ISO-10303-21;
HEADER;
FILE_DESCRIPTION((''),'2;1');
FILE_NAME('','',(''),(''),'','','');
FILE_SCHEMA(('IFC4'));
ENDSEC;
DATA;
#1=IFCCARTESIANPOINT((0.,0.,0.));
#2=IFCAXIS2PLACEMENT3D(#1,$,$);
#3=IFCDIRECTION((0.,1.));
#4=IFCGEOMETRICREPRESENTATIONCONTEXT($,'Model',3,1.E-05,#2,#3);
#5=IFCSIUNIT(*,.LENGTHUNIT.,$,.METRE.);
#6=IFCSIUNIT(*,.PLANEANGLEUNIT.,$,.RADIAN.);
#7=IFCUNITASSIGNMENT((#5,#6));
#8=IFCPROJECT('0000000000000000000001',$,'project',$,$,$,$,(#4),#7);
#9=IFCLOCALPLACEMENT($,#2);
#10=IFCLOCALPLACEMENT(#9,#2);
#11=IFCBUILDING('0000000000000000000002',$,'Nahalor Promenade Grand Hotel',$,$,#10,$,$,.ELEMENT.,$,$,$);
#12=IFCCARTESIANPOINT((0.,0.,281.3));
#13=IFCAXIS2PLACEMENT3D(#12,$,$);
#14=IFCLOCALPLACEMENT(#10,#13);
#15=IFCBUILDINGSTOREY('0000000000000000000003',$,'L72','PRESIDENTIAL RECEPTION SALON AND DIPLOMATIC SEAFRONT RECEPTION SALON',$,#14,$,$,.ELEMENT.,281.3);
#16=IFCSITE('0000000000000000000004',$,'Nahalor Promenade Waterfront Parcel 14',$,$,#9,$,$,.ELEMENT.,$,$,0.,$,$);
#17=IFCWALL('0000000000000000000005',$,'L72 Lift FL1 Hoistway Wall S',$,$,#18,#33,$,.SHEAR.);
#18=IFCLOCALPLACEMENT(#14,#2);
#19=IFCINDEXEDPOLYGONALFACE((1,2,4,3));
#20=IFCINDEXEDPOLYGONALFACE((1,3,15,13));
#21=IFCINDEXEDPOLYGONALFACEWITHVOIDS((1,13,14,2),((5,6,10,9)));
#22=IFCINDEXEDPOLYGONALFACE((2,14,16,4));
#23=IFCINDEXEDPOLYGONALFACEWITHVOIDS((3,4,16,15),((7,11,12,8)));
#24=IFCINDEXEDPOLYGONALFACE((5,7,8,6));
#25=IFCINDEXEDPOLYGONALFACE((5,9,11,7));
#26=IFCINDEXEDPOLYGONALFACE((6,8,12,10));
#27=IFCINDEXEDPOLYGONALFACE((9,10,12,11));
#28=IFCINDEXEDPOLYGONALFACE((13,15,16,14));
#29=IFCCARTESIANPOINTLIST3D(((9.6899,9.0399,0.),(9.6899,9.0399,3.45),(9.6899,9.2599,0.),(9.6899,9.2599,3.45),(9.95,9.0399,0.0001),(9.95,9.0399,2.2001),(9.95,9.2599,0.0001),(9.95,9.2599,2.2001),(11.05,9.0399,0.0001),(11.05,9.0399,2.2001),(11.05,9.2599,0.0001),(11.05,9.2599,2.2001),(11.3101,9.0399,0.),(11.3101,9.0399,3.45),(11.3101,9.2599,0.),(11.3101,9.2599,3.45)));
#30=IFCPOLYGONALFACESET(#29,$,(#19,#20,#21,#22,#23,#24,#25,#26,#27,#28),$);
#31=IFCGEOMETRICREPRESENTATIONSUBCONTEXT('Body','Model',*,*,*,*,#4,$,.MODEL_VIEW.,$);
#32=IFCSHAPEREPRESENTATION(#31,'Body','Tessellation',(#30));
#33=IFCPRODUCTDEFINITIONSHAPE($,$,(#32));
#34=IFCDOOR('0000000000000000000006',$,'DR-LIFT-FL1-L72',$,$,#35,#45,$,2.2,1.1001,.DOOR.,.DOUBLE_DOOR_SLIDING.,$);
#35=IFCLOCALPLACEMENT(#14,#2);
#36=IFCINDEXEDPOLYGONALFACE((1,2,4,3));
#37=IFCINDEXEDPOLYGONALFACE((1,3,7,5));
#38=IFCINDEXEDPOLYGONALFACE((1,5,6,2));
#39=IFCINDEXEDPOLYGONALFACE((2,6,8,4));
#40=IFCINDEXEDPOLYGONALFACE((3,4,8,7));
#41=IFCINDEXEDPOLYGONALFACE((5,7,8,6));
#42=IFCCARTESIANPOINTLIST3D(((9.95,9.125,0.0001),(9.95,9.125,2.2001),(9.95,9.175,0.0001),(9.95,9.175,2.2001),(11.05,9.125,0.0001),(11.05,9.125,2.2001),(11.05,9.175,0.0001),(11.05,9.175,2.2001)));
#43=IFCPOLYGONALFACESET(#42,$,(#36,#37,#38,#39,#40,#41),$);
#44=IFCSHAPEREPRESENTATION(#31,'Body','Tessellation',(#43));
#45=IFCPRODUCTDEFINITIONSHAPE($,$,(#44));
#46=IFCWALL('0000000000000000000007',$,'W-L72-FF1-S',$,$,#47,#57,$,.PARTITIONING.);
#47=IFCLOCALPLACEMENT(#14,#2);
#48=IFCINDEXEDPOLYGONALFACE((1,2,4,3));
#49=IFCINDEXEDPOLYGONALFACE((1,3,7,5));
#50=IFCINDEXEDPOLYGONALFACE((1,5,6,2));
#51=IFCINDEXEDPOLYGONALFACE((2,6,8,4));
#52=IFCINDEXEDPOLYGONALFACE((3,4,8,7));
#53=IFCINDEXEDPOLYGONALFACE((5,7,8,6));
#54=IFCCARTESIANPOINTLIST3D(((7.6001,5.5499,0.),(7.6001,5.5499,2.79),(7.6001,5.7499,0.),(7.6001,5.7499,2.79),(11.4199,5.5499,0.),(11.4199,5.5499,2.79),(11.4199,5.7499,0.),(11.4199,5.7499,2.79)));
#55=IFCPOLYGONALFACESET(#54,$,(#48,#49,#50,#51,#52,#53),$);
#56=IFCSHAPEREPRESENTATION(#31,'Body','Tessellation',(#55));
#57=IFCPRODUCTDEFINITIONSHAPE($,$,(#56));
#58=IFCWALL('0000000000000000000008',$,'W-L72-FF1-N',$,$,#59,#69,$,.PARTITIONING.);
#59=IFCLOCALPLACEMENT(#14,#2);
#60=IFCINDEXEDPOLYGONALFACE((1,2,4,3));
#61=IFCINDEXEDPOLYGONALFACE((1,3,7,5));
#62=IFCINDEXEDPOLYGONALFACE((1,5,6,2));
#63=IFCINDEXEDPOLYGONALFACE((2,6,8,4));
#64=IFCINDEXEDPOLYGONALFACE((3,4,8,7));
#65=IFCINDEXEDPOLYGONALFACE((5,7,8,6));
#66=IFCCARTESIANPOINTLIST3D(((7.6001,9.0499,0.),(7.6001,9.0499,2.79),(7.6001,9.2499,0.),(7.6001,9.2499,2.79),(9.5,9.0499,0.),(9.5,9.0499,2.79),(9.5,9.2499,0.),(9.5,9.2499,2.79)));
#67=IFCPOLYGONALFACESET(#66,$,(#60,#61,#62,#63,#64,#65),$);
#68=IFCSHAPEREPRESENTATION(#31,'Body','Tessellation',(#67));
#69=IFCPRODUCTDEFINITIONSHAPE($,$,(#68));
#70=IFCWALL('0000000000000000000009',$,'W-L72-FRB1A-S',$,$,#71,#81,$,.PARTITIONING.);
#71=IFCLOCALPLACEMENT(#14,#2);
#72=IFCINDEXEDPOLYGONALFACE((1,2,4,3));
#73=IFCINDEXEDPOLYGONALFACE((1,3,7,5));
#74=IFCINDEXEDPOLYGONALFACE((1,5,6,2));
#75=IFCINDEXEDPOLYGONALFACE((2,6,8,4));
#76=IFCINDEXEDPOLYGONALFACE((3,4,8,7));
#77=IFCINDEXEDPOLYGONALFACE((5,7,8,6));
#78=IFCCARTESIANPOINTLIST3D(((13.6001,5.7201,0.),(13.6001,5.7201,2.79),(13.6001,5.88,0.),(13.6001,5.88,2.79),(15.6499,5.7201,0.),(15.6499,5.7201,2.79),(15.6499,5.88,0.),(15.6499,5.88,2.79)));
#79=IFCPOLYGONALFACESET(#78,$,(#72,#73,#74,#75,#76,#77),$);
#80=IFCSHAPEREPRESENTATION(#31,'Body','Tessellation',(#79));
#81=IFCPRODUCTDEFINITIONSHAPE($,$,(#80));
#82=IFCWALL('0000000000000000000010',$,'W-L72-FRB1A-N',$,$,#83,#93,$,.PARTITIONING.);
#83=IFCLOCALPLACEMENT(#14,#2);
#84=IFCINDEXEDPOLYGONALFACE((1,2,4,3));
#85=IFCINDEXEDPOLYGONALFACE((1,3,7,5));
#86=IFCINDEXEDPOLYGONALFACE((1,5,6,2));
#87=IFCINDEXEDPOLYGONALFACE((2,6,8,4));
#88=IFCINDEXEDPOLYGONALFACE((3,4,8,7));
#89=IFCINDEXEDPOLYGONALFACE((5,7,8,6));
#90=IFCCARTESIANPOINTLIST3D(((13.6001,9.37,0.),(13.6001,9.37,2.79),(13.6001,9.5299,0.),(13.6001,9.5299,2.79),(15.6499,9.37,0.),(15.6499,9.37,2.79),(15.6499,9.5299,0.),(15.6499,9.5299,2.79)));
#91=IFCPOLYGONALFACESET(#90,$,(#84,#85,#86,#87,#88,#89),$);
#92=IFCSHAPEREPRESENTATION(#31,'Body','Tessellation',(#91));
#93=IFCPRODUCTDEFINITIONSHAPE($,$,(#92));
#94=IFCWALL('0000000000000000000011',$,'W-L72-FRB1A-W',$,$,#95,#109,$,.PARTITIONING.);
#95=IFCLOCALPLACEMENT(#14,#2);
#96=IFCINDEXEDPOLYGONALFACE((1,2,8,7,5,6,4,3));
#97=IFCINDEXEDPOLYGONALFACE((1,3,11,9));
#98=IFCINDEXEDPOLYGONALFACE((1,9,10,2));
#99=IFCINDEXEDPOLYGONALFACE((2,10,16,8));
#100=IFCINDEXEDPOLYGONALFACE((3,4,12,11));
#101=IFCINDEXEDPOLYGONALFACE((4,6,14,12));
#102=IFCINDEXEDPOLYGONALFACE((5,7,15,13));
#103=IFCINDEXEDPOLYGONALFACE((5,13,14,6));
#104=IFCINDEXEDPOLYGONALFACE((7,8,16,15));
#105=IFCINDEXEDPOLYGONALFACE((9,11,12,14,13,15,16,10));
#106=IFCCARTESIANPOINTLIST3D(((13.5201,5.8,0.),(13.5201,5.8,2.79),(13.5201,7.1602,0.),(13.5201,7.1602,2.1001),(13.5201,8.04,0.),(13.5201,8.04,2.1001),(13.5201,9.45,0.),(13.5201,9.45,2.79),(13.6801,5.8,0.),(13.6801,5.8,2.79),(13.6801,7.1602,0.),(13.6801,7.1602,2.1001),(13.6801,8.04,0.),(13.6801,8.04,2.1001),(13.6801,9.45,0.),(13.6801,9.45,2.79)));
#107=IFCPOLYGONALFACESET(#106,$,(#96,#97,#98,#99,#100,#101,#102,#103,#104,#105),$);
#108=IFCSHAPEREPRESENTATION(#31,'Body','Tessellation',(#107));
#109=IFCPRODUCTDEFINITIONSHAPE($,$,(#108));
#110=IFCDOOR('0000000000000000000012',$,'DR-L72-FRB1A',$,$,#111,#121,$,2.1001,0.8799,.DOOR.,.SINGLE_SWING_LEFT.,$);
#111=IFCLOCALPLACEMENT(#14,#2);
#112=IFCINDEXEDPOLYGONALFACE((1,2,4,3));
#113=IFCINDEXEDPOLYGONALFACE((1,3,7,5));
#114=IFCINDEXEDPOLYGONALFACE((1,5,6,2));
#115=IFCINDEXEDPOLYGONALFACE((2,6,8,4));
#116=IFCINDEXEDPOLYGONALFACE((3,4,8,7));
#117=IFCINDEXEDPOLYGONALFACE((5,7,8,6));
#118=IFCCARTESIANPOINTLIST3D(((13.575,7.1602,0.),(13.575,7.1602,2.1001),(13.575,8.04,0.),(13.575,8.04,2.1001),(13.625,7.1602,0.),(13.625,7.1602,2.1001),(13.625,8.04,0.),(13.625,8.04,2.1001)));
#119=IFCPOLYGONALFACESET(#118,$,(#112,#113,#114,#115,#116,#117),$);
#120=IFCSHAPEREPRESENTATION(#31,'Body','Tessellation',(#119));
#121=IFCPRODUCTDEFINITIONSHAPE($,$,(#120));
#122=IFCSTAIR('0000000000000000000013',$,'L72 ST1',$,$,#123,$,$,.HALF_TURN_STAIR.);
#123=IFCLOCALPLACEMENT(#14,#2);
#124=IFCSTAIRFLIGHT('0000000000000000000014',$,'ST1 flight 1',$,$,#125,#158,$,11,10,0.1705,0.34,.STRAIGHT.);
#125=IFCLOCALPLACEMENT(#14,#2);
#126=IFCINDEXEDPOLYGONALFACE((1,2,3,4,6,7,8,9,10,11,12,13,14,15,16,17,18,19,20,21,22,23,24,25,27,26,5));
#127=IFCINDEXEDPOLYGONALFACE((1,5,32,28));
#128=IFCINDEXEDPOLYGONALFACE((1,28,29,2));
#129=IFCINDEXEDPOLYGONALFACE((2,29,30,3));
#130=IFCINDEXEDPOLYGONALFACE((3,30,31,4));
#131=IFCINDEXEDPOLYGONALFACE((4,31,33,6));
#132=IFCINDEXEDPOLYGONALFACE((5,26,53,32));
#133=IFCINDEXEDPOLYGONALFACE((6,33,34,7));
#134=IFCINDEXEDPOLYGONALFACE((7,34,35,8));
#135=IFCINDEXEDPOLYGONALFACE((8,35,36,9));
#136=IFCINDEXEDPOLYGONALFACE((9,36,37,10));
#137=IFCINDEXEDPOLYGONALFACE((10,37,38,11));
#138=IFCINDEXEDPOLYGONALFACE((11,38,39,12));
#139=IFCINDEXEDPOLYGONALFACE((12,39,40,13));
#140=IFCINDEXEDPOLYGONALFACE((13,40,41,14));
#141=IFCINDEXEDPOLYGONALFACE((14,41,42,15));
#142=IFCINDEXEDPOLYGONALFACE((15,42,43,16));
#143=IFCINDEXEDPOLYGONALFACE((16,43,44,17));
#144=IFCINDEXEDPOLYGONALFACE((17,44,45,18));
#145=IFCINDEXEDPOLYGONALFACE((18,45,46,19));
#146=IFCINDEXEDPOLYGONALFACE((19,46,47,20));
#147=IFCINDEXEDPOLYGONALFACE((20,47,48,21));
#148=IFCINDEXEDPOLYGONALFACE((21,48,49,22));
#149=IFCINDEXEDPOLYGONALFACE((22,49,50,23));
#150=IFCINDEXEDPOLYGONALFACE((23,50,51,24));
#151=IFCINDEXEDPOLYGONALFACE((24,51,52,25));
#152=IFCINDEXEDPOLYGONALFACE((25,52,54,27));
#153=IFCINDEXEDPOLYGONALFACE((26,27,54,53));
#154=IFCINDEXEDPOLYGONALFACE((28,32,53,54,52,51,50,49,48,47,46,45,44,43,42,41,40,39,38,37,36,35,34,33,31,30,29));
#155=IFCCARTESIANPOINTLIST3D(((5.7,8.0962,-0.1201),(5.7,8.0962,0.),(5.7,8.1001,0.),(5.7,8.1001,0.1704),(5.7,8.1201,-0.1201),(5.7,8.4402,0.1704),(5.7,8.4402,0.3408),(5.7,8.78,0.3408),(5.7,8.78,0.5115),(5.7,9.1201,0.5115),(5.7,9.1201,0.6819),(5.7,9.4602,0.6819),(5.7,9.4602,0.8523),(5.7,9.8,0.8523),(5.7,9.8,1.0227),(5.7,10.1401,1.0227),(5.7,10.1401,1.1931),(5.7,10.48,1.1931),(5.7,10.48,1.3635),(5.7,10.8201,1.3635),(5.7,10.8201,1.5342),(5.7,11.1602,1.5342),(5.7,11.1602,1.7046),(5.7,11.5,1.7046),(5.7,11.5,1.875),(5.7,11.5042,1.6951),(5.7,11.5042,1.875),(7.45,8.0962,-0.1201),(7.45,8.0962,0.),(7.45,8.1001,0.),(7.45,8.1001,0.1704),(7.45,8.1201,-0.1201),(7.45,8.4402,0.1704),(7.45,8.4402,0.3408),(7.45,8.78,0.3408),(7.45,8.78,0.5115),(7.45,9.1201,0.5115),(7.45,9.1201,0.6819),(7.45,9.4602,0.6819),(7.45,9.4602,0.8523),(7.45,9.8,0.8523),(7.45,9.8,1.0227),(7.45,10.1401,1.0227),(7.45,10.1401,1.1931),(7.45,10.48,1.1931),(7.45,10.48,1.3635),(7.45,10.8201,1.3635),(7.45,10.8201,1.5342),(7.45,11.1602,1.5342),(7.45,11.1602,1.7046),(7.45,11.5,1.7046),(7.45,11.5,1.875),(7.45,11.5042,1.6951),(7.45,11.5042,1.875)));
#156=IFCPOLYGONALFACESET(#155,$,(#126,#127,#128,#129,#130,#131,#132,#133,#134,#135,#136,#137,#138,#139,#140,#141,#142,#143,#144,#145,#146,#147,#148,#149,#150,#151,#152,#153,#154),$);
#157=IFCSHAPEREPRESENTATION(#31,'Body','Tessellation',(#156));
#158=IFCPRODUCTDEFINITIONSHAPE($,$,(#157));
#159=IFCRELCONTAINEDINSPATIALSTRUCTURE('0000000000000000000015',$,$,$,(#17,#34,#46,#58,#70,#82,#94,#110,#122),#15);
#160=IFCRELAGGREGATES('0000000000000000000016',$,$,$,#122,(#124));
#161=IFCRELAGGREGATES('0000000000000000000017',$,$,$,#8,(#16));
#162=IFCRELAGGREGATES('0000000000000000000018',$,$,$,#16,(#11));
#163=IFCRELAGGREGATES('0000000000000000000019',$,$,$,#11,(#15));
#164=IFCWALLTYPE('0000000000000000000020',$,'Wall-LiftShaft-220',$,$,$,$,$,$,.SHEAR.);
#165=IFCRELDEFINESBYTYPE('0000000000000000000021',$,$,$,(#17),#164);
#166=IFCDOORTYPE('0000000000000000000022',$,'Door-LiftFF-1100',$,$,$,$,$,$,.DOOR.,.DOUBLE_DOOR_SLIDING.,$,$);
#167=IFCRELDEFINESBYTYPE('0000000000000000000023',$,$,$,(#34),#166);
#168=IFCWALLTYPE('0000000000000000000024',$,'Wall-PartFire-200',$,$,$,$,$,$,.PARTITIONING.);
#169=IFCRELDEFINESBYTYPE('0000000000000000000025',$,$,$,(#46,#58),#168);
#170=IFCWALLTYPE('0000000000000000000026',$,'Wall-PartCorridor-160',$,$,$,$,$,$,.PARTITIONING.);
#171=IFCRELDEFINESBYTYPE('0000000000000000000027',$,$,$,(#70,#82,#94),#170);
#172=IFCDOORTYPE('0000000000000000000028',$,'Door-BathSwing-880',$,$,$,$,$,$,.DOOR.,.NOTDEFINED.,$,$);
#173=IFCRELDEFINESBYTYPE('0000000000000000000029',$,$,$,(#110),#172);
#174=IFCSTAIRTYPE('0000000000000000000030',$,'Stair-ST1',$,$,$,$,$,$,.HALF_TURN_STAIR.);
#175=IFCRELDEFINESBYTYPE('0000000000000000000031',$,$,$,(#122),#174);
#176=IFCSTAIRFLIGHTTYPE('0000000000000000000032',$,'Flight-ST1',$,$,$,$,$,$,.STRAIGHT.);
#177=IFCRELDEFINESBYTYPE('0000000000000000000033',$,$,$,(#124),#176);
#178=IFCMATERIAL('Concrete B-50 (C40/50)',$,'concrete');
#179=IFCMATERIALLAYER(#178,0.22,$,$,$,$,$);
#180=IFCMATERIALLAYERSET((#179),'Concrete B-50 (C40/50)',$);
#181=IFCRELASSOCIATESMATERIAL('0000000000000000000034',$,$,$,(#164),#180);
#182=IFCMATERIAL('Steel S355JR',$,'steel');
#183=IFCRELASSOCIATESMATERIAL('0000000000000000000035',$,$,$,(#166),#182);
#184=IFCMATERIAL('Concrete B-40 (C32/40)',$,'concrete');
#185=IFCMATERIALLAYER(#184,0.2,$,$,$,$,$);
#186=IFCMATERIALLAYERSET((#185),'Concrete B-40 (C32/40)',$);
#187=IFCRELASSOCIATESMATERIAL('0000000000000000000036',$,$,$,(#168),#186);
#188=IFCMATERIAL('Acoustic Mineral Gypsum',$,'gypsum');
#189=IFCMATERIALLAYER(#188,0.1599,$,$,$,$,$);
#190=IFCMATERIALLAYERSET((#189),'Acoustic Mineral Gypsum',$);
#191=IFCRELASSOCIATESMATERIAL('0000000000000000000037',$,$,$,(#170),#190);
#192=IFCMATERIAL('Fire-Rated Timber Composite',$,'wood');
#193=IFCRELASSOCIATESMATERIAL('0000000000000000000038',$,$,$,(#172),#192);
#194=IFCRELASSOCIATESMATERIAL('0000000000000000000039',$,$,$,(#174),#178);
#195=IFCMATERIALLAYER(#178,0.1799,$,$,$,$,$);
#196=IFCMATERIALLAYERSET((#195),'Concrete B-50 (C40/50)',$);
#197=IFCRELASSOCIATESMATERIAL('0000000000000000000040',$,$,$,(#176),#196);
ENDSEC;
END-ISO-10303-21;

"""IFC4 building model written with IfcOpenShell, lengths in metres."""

from ifc_helpers import new_model, si_unit, direction, frame, frame_2d, origin, place, context, subcontext, project, spatial, polyline, rectangle, outline, extrude, source, transform, mapped, material, layer, layer_set, type_object, element, fill, aggregate, save


model = new_model("IFC4")

# Units and contexts
model_context = context("Model", 3, precision=1e-05, world=origin(), true_north=direction((0.0, 1.0)))
body_context = subcontext(model_context, "Body", "Model", "MODEL_VIEW")
ifc_project = project(units=[si_unit("LENGTHUNIT", "METRE"), si_unit("PLANEANGLEUNIT", "RADIAN")], contexts=[model_context])

# Site, building, storey
site_placement = place(None, origin())
site = spatial("IfcSite", under=ifc_project, at=site_placement, Name="Nahalor Promenade Waterfront Parcel 14", CompositionType="ELEMENT", RefElevation=0.0)
building_placement = place(site_placement, origin())
building = spatial("IfcBuilding", under=site, at=building_placement, Name="Nahalor Promenade Grand Hotel", CompositionType="ELEMENT")
storey_placement = place(building_placement, frame((0.0, 0.0, 281.3)))
storey = spatial("IfcBuildingStorey", under=building, at=storey_placement, Name="L72", Description="PRESIDENTIAL RECEPTION SALON AND DIPLOMATIC SEAFRONT RECEPTION SALON", CompositionType="ELEMENT", Elevation=281.3)

# Shared definitions
ifc_material_1 = material(Name="Steel S355JR", Category="steel")

# Shared definitions
ifc_material_2 = material(Name="Concrete B-50 (C40/50)", Category="concrete")

# Shared definitions
ifc_layer_1 = layer(ifc_material_2, 0.22)
ifc_layer_set_1 = layer_set([ifc_layer_1], Name="Concrete B-50 (C40/50)")
wall_type_1 = type_object("IfcWallType", Name="Wall-LiftShaft-220", PredefinedType="SHEAR", material=ifc_layer_set_1)

# Wall, opening, door
shared_shape_1 = source(origin(), body_context, "Body", "SweptSolid", [
    extrude(rectangle(XDim=1.6201, YDim=0.22, at=frame_2d((0.8101, 0.0))), origin(), (0.0, 0.0, 1.0), 3.45),
])
wall_1_placement = place(storey_placement, frame((9.6899, 9.1499, 0.0), z_axis=(0.0, 0.0, 1.0), x_axis=(1.0, 0.0, 0.0)))
wall_1 = element("IfcWall", 1, at=wall_1_placement, inside=storey, type_object=wall_type_1, Name="L72 Lift FL1 Hoistway Wall S", PredefinedType="SHEAR", context=body_context, shape_type="MappedRepresentation", body=[
    mapped(shared_shape_1, transform((0.0, 0.0, 0.0), scale=1.0)),
])
opening_1_placement = place(wall_1_placement, frame((0.26, 0.0, 0.0)))
opening_1 = element("IfcOpeningElement", 2, at=opening_1_placement, cuts=wall_1, PredefinedType="OPENING", context=body_context, shape_type="SweptSolid", body=[
    extrude(rectangle(XDim=1.1001, YDim=2.2, at=frame_2d((0.55, 1.1001))), frame((0.0, 0.1199, 0.0), z_axis=(0.0, -1.0, 0.0), x_axis=(1.0, 0.0, 0.0)), (0.0, 0.0, 1.0), 0.24),
])
door_type_1 = type_object("IfcDoorType", Name="Door-LiftFF-1100", OperationType="DOUBLE_DOOR_SLIDING", PredefinedType="DOOR", material=ifc_material_1)
shared_shape_2 = source(origin(), body_context, "Body", "SweptSolid", [
    extrude(rectangle(XDim=1.1001, YDim=2.2, at=frame_2d((0.55, 1.1001))), frame((0.0, 0.0249, 0.0), z_axis=(0.0, -1.0, 0.0), x_axis=(1.0, 0.0, 0.0)), (0.0, 0.0, 1.0), 0.05),
])
door_1_placement = place(opening_1_placement, frame((1.1001, 0.0, 0.0), z_axis=(0.0, 0.0, 1.0), x_axis=(-1.0, 0.0, 0.0)))
door_1 = element("IfcDoor", 3, at=door_1_placement, inside=storey, type_object=door_type_1, Name="DR-LIFT-FL1-L72", OperationType="DOUBLE_DOOR_SLIDING", OverallHeight=2.2, OverallWidth=1.1001, PredefinedType="DOOR", context=body_context, shape_type="MappedRepresentation", body=[
    mapped(shared_shape_2, transform((0.0, 0.0, 0.0), scale=1.0)),
])
fill(opening_1, door_1)

# Walls
ifc_material_3 = material(Name="Concrete B-40 (C32/40)", Category="concrete")
ifc_layer_2 = layer(ifc_material_3, 0.2)
ifc_layer_set_2 = layer_set([ifc_layer_2], Name="Concrete B-40 (C32/40)")
wall_type_2 = type_object("IfcWallType", Name="Wall-PartFire-200", PredefinedType="PARTITIONING", material=ifc_layer_set_2)
shared_shape_3 = source(origin(), body_context, "Body", "SweptSolid", [
    extrude(rectangle(XDim=3.8198, YDim=0.2, at=frame_2d((1.9099, 0.0))), origin(), (0.0, 0.0, 1.0), 2.79),
])
wall_2_placement = place(storey_placement, frame((7.6001, 5.6499, 0.0), z_axis=(0.0, 0.0, 1.0), x_axis=(1.0, 0.0, 0.0)))
element("IfcWall", 4, at=wall_2_placement, inside=storey, type_object=wall_type_2, Name="W-L72-FF1-S", PredefinedType="PARTITIONING", context=body_context, shape_type="MappedRepresentation", body=[
    mapped(shared_shape_3, transform((0.0, 0.0, 0.0), scale=1.0)),
])
shared_shape_4 = source(origin(), body_context, "Body", "SweptSolid", [
    extrude(rectangle(XDim=1.8999, YDim=0.2, at=frame_2d((0.95, 0.0))), origin(), (0.0, 0.0, 1.0), 2.79),
])
wall_3_placement = place(storey_placement, frame((7.6001, 9.1499, 0.0), z_axis=(0.0, 0.0, 1.0), x_axis=(1.0, 0.0, 0.0)))
element("IfcWall", 5, at=wall_3_placement, inside=storey, type_object=wall_type_2, Name="W-L72-FF1-N", PredefinedType="PARTITIONING", context=body_context, shape_type="MappedRepresentation", body=[
    mapped(shared_shape_4, transform((0.0, 0.0, 0.0), scale=1.0)),
])

# Walls
ifc_material_4 = material(Name="Acoustic Mineral Gypsum", Category="gypsum")
ifc_layer_3 = layer(ifc_material_4, 0.1599)
ifc_layer_set_3 = layer_set([ifc_layer_3], Name="Acoustic Mineral Gypsum")
wall_type_3 = type_object("IfcWallType", Name="Wall-PartCorridor-160", PredefinedType="PARTITIONING", material=ifc_layer_set_3)
shared_shape_5 = source(origin(), body_context, "Body", "SweptSolid", [
    extrude(rectangle(XDim=2.0498, YDim=0.1599, at=frame_2d((1.0249, 0.0))), origin(), (0.0, 0.0, 1.0), 2.79),
])
for number, where, z_axis, x_axis, name in (
    (6, (13.6001, 5.8, 0.0), (0.0, 0.0, 1.0), (1.0, 0.0, 0.0), "W-L72-FRB1A-S"),
    (7, (13.6001, 9.45, 0.0), (0.0, 0.0, 1.0), (1.0, 0.0, 0.0), "W-L72-FRB1A-N"),
):
    element("IfcWall", number, at=place(storey_placement, frame(where, z_axis=z_axis, x_axis=x_axis)), inside=storey, type_object=wall_type_3, Name=name, PredefinedType="PARTITIONING", context=body_context, shape_type="MappedRepresentation", body=[
        mapped(shared_shape_5, transform((0.0, 0.0, 0.0), scale=1.0)),
    ])

# Wall, opening, door
shared_shape_6 = source(origin(), body_context, "Body", "SweptSolid", [
    extrude(rectangle(XDim=3.6499, YDim=0.1599, at=frame_2d((1.825, 0.0))), origin(), (0.0, 0.0, 1.0), 2.79),
])
wall_4_placement = place(storey_placement, frame((13.6001, 5.8, 0.0), z_axis=(0.0, 0.0, 1.0), x_axis=(0.0, 1.0, 0.0)))
wall_4 = element("IfcWall", 8, at=wall_4_placement, inside=storey, type_object=wall_type_3, Name="W-L72-FRB1A-W", PredefinedType="PARTITIONING", context=body_context, shape_type="MappedRepresentation", body=[
    mapped(shared_shape_6, transform((0.0, 0.0, 0.0), scale=1.0)),
])
opening_2_placement = place(wall_4_placement, frame((1.3601, 0.0, 0.0)))
opening_2 = element("IfcOpeningElement", 9, at=opening_2_placement, cuts=wall_4, PredefinedType="OPENING", context=body_context, shape_type="SweptSolid", body=[
    extrude(rectangle(XDim=0.8799, YDim=2.1001, at=frame_2d((0.4399, 1.05))), frame((0.0, 0.0898, 0.0), z_axis=(0.0, -1.0, 0.0), x_axis=(1.0, 0.0, 0.0)), (0.0, 0.0, 1.0), 0.1799),
])
ifc_material_5 = material(Name="Fire-Rated Timber Composite", Category="wood")
door_type_2 = type_object("IfcDoorType", Name="Door-BathSwing-880", OperationType="NOTDEFINED", PredefinedType="DOOR", material=ifc_material_5)
shared_shape_7 = source(origin(), body_context, "Body", "SweptSolid", [
    extrude(rectangle(XDim=0.8799, YDim=2.1001, at=frame_2d((0.4399, 1.05))), frame((0.0, 0.0249, 0.0), z_axis=(0.0, -1.0, 0.0), x_axis=(1.0, 0.0, 0.0)), (0.0, 0.0, 1.0), 0.05),
])
door_2_placement = place(opening_2_placement, frame((0.8799, 0.0, 0.0), z_axis=(0.0, 0.0, 1.0), x_axis=(-1.0, 0.0, 0.0)))
door_2 = element("IfcDoor", 10, at=door_2_placement, inside=storey, type_object=door_type_2, Name="DR-L72-FRB1A", OperationType="SINGLE_SWING_LEFT", OverallHeight=2.1001, OverallWidth=0.8799, PredefinedType="DOOR", context=body_context, shape_type="MappedRepresentation", body=[
    mapped(shared_shape_7, transform((0.0, 0.0, 0.0), scale=1.0)),
])
fill(opening_2, door_2)

# Stair, stair flight
stair_type = type_object("IfcStairType", Name="Stair-ST1", PredefinedType="HALF_TURN_STAIR", material=ifc_material_2)
stair_placement = place(storey_placement, origin())
stair = element("IfcStair", 11, at=stair_placement, inside=storey, type_object=stair_type, Name="L72 ST1", PredefinedType="HALF_TURN_STAIR")
ifc_layer_4 = layer(ifc_material_2, 0.1799)
ifc_layer_set_4 = layer_set([ifc_layer_4], Name="Concrete B-50 (C40/50)")
stair_flight_type = type_object("IfcStairFlightType", Name="Flight-ST1", PredefinedType="STRAIGHT", material=ifc_layer_set_4)
shared_shape_8 = source(origin(), body_context, "Body", "SweptSolid", [
    extrude(outline(polyline([(-0.0039, -0.1201), (-0.0039, 0.0), (0.0, 0.0), (0.0, 0.1704), (0.3401, 0.1704), (0.3401, 0.3408), (0.6799, 0.3408), (0.6799, 0.5115), (1.02, 0.5115), (1.02, 0.6819), (1.3601, 0.6819), (1.3601, 0.8523), (1.7, 0.8523), (1.7, 1.0227), (2.04, 1.0227), (2.04, 1.1931), (2.3799, 1.1931), (2.3799, 1.3635), (2.72, 1.3635), (2.72, 1.5342), (3.0601, 1.5342), (3.0601, 1.7046), (3.3999, 1.7046), (3.3999, 1.875), (3.4041, 1.875), (3.4041, 1.6951), (0.02, -0.1201), (-0.0039, -0.1201)])), frame((0.0, 0.875, 0.0), z_axis=(0.0, -1.0, 0.0), x_axis=(1.0, 0.0, 0.0)), (0.0, 0.0, 1.0), 1.75),
])
stair_flight_1_placement = place(storey_placement, frame((6.575, 8.1001, 0.0), z_axis=(0.0, 0.0, 1.0), x_axis=(0.0, 1.0, 0.0)))
stair_flight_1 = element("IfcStairFlight", 12, at=stair_flight_1_placement, type_object=stair_flight_type, Name="ST1 flight 1", NumberOfRisers=11, NumberOfTreads=10, PredefinedType="STRAIGHT", RiserHeight=0.1705, TreadLength=0.34, context=body_context, shape_type="MappedRepresentation", body=[
    mapped(shared_shape_8, transform((0.0, 0.0, 0.0), scale=1.0)),
])
aggregate(stair, [stair_flight_1])

save(model, "model.ifc")
